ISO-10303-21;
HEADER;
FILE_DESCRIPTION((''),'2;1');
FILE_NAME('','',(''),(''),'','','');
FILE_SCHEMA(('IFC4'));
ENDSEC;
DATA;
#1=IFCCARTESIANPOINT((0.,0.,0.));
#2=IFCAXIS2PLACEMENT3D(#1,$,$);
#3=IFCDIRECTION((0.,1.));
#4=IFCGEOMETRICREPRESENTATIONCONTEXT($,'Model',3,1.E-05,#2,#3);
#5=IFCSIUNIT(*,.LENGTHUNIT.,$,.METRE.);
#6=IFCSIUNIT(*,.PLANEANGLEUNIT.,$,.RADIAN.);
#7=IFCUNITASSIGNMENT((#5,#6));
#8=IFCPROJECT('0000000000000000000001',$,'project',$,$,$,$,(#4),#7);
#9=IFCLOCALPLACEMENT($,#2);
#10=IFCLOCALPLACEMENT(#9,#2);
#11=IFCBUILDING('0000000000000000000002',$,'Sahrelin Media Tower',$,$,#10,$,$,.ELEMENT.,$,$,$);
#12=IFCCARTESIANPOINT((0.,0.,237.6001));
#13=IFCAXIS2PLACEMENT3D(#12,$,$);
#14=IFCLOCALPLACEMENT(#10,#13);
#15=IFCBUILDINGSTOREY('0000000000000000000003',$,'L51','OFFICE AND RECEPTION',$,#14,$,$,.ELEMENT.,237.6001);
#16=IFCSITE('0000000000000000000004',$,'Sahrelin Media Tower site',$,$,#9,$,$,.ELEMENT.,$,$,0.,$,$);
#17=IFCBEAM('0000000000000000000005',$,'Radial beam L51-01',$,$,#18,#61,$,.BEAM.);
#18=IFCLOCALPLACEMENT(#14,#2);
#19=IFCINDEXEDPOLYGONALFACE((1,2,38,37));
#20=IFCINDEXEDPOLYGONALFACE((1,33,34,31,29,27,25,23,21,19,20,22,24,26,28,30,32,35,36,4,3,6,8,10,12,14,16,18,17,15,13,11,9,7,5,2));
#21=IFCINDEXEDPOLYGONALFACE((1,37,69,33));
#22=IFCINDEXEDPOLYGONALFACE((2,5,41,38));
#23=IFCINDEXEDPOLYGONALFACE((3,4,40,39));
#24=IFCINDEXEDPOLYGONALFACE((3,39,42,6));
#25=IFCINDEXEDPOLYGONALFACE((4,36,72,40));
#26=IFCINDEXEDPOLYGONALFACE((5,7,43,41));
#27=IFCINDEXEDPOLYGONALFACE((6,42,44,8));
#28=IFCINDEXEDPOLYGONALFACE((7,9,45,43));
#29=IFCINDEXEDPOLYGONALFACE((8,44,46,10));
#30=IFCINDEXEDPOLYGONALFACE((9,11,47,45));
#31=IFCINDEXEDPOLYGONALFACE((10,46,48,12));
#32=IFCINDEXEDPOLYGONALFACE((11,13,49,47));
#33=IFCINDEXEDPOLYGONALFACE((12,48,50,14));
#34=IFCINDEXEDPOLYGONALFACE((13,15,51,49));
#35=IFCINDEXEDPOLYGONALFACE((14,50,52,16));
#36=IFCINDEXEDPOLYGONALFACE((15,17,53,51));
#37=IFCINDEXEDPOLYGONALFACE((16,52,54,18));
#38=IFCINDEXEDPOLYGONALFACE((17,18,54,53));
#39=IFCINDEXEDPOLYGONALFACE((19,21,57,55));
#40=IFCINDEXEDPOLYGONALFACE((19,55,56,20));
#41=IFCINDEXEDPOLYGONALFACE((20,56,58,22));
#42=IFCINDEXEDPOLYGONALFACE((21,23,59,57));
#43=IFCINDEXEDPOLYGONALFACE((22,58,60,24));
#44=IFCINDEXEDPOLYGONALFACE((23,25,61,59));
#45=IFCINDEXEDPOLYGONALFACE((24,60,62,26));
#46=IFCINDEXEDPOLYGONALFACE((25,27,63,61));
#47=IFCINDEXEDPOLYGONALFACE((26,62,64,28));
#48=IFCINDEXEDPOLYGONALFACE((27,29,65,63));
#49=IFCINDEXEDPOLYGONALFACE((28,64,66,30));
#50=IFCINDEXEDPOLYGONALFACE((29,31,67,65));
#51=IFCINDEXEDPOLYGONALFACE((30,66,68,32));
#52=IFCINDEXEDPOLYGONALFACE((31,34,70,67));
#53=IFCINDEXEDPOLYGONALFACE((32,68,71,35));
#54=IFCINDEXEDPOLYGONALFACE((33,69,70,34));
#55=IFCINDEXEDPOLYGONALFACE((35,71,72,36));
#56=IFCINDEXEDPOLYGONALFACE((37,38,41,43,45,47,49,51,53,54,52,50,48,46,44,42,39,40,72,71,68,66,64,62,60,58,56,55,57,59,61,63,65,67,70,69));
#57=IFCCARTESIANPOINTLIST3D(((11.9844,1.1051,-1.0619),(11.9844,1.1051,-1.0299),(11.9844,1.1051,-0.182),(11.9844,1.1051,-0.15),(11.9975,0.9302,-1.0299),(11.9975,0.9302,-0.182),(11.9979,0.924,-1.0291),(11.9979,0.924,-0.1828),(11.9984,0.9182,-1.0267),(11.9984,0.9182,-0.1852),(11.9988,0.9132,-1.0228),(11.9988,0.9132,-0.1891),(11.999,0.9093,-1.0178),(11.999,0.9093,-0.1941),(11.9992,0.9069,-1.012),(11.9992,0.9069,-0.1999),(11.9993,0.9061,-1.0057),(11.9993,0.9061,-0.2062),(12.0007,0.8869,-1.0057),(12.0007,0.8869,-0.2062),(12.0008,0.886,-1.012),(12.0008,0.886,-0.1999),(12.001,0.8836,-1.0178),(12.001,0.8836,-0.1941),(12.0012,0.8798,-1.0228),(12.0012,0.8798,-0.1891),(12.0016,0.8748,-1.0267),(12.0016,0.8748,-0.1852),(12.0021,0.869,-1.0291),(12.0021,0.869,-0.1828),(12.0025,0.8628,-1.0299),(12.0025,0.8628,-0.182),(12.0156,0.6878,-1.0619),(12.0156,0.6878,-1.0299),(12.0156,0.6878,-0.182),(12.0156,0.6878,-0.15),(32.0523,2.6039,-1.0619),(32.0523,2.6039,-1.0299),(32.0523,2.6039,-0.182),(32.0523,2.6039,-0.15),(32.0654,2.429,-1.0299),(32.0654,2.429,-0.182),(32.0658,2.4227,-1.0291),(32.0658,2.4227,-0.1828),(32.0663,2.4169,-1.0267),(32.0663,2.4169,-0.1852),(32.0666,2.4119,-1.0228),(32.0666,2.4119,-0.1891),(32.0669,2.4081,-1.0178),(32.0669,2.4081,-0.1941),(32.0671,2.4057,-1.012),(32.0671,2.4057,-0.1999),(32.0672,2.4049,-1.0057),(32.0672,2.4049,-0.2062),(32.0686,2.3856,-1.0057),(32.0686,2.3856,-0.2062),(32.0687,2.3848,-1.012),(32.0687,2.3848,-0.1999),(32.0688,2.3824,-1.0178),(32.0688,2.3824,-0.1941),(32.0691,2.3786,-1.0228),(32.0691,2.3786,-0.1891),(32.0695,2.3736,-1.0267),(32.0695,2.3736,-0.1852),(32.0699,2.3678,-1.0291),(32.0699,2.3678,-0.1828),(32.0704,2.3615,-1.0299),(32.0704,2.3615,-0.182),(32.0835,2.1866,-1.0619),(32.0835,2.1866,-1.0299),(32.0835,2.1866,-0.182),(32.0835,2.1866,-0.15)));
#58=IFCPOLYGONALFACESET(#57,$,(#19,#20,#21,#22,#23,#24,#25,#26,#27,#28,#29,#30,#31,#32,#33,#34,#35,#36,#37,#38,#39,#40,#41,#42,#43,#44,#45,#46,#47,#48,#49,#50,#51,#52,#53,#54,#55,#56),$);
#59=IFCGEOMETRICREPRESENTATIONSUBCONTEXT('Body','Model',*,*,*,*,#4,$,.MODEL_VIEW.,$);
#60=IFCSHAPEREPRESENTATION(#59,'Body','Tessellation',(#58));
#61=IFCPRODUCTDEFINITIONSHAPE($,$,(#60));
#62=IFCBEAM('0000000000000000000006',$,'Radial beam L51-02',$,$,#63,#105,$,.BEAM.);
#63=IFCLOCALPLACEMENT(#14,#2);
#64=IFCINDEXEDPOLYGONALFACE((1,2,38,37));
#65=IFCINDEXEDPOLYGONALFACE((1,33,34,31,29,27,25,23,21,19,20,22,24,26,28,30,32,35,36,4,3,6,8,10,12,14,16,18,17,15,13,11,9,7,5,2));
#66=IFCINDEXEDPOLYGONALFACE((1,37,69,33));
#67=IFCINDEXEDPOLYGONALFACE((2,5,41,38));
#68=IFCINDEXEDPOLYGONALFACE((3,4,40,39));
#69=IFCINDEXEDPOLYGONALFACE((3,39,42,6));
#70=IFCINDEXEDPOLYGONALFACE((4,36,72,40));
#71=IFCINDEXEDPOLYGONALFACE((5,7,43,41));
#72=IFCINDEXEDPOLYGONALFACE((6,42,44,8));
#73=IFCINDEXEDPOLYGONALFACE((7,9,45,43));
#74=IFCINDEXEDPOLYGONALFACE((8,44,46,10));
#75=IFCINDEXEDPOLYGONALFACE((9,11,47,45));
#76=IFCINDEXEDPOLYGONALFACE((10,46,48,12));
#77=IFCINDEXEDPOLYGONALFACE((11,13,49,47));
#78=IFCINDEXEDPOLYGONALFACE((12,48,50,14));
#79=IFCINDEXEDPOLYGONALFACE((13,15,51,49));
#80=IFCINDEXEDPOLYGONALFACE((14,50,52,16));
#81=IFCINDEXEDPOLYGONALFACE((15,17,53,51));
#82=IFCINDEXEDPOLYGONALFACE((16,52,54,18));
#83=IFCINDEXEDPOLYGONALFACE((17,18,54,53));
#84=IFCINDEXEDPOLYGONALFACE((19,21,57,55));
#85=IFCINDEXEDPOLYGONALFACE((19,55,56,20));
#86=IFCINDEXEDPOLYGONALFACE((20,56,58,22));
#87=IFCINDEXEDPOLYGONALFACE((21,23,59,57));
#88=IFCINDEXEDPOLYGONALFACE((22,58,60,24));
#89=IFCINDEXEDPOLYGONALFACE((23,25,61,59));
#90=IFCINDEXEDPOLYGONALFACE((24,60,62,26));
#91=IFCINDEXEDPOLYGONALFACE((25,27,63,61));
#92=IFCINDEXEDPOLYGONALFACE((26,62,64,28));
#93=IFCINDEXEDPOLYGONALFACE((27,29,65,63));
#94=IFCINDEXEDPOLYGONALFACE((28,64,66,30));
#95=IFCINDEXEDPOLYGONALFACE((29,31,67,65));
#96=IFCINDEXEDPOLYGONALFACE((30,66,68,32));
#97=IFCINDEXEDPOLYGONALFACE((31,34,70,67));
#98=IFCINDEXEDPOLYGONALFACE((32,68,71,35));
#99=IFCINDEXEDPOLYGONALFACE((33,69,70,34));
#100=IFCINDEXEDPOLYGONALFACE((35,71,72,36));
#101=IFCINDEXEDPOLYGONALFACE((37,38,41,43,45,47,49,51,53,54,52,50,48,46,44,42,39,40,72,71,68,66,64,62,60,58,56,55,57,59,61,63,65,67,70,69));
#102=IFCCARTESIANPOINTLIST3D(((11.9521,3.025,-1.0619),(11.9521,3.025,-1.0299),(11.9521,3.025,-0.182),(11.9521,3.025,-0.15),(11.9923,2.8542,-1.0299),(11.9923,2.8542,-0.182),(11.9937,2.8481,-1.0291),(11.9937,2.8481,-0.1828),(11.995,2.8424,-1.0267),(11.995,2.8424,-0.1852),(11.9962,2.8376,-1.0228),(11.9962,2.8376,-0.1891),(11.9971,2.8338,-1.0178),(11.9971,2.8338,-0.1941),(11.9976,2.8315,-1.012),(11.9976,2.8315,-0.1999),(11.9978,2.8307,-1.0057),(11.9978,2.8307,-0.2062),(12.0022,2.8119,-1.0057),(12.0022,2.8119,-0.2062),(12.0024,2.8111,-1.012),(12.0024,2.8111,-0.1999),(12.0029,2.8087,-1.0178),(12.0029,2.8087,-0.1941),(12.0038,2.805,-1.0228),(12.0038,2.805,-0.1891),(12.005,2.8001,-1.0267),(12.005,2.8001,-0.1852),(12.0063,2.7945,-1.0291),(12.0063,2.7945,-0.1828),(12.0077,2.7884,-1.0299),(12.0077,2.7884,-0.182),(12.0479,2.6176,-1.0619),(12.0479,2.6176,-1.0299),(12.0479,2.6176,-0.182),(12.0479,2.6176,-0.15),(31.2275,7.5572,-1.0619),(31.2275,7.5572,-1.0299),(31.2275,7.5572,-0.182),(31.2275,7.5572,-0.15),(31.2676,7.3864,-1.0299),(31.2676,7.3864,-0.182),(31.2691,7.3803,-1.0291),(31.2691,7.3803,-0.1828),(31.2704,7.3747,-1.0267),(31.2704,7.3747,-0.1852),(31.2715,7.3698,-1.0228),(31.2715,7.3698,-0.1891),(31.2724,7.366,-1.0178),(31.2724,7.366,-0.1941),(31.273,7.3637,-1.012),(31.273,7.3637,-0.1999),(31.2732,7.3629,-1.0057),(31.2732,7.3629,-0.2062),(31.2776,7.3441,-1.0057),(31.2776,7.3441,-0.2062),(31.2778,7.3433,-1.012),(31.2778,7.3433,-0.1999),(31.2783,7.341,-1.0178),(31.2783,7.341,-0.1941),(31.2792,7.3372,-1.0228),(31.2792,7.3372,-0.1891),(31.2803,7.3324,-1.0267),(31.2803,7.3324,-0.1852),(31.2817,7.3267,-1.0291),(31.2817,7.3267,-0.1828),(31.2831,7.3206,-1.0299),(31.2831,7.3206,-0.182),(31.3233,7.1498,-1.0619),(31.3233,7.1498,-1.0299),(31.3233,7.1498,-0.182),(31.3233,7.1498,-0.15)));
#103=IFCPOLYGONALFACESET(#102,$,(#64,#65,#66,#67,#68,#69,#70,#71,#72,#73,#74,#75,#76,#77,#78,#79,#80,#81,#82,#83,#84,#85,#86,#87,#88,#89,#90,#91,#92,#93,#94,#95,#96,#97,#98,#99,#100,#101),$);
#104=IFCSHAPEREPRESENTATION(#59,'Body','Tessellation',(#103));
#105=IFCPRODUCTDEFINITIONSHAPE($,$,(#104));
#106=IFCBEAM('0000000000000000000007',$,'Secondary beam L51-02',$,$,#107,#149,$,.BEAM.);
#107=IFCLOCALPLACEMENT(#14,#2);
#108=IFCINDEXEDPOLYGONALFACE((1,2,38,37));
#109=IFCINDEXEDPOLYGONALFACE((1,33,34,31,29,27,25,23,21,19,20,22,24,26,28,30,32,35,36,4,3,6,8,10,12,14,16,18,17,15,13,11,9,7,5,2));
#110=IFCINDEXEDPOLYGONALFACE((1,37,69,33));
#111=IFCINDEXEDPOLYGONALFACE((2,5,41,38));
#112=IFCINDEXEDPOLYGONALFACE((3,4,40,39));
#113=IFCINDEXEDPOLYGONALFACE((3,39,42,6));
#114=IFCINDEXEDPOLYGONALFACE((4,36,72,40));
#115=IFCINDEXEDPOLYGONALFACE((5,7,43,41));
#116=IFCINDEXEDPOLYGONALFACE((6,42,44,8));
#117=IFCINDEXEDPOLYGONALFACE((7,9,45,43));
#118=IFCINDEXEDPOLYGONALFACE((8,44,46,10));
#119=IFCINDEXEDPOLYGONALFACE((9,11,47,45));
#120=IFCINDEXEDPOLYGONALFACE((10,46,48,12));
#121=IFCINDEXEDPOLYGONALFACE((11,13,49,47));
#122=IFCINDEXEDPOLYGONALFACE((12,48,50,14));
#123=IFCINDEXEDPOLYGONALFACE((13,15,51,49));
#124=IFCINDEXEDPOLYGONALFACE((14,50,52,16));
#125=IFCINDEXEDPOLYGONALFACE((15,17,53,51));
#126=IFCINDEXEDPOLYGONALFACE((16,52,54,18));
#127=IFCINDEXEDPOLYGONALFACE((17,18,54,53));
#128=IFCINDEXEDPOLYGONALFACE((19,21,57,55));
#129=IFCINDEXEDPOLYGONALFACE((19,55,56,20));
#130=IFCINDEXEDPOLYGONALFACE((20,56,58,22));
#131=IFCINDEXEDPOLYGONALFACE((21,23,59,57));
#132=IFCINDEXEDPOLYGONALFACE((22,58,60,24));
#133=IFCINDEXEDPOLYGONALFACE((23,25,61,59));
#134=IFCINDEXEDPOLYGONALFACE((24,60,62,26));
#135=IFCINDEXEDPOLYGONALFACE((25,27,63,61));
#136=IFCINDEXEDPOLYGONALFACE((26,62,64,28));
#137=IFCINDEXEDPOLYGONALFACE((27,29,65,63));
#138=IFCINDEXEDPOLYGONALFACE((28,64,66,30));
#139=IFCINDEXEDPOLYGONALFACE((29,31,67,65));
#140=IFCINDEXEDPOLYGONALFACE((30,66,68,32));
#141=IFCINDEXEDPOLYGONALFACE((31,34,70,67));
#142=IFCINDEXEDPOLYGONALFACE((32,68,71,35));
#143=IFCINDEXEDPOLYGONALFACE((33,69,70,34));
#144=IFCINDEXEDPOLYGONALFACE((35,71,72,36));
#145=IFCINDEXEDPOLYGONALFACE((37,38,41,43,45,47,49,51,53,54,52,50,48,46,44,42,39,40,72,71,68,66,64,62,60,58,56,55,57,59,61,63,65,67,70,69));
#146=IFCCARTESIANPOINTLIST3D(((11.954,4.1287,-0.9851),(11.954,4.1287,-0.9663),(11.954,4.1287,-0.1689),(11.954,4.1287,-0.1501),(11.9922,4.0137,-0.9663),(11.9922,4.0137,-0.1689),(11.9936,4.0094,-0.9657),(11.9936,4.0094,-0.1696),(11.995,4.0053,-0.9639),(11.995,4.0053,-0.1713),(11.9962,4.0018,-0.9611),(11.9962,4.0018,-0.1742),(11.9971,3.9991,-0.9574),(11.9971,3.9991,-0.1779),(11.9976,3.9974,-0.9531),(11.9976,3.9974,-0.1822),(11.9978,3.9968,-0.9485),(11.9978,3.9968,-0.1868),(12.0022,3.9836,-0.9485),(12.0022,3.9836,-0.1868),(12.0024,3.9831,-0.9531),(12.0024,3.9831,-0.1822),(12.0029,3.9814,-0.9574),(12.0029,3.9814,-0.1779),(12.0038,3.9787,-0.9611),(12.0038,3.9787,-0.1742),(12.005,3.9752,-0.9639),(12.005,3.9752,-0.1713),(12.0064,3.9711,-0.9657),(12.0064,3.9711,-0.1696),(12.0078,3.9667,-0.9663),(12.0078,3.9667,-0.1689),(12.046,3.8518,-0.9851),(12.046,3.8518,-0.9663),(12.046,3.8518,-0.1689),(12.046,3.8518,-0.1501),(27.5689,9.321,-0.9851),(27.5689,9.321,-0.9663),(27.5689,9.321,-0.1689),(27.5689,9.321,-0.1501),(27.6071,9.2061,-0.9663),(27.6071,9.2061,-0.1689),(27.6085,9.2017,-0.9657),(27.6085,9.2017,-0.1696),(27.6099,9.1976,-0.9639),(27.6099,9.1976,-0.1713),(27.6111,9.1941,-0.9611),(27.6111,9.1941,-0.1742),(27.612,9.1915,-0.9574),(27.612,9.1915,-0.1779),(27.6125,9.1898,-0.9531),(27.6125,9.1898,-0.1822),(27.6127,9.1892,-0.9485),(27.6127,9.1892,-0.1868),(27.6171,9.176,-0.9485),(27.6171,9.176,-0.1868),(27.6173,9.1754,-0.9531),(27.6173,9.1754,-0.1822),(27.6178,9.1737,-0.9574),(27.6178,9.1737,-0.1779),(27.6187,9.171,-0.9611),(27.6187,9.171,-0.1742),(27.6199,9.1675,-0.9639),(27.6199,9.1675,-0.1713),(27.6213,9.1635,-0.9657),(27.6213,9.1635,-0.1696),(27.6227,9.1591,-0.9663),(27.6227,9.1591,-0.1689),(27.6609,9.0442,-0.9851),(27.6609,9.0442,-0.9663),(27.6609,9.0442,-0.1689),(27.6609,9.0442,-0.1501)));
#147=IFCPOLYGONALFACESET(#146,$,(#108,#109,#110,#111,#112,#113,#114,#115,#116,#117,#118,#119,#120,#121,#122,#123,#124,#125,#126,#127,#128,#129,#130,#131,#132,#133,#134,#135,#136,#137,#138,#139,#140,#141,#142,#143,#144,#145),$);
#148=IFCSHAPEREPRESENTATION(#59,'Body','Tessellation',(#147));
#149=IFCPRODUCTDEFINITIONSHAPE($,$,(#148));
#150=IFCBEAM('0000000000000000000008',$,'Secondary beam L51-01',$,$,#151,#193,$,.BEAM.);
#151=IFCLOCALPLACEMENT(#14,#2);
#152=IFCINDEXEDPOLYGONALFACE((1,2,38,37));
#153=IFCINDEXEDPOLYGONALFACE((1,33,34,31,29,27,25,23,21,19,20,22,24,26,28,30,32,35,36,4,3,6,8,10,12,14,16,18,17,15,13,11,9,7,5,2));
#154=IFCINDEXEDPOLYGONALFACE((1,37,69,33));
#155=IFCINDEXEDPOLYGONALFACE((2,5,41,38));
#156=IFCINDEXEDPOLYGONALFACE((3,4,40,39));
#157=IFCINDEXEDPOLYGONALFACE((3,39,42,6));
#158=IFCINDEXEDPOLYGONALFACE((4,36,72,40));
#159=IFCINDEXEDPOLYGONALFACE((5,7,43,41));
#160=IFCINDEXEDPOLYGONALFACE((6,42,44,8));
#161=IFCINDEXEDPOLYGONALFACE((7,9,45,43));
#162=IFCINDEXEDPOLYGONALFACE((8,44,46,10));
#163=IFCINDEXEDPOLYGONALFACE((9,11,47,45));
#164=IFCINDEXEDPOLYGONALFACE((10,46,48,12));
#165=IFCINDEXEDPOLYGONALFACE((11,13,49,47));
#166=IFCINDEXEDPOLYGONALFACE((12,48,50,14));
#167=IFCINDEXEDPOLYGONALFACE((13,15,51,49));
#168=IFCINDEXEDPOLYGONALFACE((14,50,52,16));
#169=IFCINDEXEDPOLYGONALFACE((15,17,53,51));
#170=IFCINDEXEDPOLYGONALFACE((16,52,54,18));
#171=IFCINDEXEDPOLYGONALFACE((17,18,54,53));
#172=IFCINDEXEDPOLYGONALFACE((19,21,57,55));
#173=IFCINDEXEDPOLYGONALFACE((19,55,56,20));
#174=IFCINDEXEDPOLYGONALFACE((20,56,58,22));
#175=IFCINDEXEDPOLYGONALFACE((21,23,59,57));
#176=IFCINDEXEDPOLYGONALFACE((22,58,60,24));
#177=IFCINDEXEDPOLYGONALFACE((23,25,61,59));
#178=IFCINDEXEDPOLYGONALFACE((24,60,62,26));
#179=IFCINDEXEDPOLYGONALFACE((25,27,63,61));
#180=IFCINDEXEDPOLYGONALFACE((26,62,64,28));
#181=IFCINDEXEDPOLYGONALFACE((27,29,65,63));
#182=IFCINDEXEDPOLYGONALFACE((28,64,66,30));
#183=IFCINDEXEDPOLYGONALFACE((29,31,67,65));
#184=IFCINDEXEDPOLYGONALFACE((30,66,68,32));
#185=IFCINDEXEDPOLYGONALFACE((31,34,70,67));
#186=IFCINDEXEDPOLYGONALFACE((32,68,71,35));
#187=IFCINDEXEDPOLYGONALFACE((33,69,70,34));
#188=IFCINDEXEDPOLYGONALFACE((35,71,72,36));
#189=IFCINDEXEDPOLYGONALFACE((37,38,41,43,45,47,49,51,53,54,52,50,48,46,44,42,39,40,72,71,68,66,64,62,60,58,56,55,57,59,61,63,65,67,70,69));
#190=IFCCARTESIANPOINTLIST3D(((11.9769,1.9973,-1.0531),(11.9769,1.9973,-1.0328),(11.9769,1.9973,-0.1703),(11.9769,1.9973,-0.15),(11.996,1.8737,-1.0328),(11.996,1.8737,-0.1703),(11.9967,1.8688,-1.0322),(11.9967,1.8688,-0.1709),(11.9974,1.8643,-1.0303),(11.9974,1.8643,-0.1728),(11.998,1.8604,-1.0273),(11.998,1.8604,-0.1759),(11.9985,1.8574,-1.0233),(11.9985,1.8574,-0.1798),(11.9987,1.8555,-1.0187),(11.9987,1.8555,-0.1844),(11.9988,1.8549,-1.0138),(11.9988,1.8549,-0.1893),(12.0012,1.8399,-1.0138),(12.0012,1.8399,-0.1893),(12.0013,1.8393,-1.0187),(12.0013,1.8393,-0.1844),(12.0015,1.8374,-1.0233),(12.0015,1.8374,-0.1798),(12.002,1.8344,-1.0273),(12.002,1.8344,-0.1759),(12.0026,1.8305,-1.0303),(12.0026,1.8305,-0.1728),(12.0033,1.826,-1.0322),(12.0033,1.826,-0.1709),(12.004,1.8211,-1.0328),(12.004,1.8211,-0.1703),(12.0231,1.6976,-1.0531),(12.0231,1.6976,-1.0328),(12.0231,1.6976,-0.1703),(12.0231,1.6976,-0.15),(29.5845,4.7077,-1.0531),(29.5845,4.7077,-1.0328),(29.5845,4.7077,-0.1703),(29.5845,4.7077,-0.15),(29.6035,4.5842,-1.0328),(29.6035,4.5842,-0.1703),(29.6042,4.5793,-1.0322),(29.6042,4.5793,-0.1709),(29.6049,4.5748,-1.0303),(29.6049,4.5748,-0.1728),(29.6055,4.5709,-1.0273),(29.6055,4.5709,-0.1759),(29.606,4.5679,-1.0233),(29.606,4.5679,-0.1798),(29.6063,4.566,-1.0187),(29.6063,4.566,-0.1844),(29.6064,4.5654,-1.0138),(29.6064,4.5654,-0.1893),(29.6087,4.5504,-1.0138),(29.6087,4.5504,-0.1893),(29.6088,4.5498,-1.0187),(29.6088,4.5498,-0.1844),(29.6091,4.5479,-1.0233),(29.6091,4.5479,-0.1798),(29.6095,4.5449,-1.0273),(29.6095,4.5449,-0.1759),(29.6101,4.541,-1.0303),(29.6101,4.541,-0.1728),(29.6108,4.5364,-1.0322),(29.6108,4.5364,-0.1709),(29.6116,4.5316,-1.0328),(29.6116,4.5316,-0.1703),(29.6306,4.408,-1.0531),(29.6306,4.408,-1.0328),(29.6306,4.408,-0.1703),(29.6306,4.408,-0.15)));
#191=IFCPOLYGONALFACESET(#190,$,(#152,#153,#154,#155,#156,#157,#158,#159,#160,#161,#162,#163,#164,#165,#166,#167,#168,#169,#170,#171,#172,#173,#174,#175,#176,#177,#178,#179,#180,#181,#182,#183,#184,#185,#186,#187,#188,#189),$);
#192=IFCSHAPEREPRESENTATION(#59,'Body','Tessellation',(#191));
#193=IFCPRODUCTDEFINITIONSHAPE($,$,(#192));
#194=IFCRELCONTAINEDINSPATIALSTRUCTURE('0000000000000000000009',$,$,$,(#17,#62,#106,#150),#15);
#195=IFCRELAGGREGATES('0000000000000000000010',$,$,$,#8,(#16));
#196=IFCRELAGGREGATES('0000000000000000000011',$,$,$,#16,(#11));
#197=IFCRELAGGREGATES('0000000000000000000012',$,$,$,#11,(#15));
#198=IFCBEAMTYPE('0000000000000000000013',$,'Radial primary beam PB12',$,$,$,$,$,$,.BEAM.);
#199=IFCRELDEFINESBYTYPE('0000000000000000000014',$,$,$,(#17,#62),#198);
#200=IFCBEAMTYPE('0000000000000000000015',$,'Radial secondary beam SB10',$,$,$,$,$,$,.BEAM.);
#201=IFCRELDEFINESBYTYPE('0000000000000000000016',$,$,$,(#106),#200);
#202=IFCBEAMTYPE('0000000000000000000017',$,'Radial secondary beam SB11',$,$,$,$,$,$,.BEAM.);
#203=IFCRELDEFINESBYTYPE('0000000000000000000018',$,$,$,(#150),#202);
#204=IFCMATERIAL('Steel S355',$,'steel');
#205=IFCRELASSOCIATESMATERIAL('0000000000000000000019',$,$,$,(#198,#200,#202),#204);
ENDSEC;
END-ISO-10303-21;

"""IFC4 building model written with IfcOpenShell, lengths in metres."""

from ifc_helpers import new_model, si_unit, direction, frame, origin, origin_2d, place, context, subcontext, project, spatial, i_section, extrude, material, material_profile, profile_set, type_object, element, save


model = new_model("IFC4")

# Units and contexts
model_context = context("Model", 3, precision=1e-05, world=origin(), true_north=direction((0.0, 1.0)))
body_context = subcontext(model_context, "Body", "Model", "MODEL_VIEW")
ifc_project = project(units=[si_unit("LENGTHUNIT", "METRE"), si_unit("PLANEANGLEUNIT", "RADIAN")], contexts=[model_context])

# Site, building, storey
site_placement = place(None, origin())
site = spatial("IfcSite", under=ifc_project, at=site_placement, Name="Sahrelin Media Tower site", CompositionType="ELEMENT", RefElevation=0.0)
building_placement = place(site_placement, origin())
building = spatial("IfcBuilding", under=site, at=building_placement, Name="Sahrelin Media Tower", CompositionType="ELEMENT")
storey_placement = place(building_placement, frame((0.0, 0.0, 237.6001)))
storey = spatial("IfcBuildingStorey", under=building, at=storey_placement, Name="L51", Description="OFFICE AND RECEPTION", CompositionType="ELEMENT", Elevation=237.6001)

# Beams
ifc_material_1 = material(Name="Steel S355", Category="steel")
ifc_material_profile_1 = material_profile(ifc_material_1, i_section(OverallWidth=0.4185, OverallDepth=0.9119, WebThickness=0.0193, FlangeThickness=0.032, FilletRadius=0.0242, at=origin_2d()), Name="UB 914x419x343")
ifc_profile_set_1 = profile_set([ifc_material_profile_1], Name="Steel S355")
beam_type_1 = type_object("IfcBeamType", Name="Radial primary beam PB12", PredefinedType="BEAM", material=ifc_profile_set_1)
beam_1_placement = place(storey_placement, frame((12.0, 0.8965, -0.606), z_axis=(0.997223, 0.074478, 0.0), x_axis=(-0.074478, 0.997223, 0.0)))
element("IfcBeam", 1, at=beam_1_placement, inside=storey, type_object=beam_type_1, Name="Radial beam L51-01", PredefinedType="BEAM", context=body_context, shape_type="SweptSolid", body=[
    extrude(i_section(OverallWidth=0.4185, OverallDepth=0.9119, WebThickness=0.0193, FlangeThickness=0.032, FilletRadius=0.0242, at=origin_2d()), origin(), (0.0, 0.0, 1.0), 20.1238),
])
beam_2_placement = place(storey_placement, frame((12.0, 2.8213, -0.606), z_axis=(0.973453, 0.228888, 0.0), x_axis=(-0.228888, 0.973453, 0.0)))
element("IfcBeam", 2, at=beam_2_placement, inside=storey, type_object=beam_type_1, Name="Radial beam L51-02", PredefinedType="BEAM", context=body_context, shape_type="SweptSolid", body=[
    extrude(i_section(OverallWidth=0.4185, OverallDepth=0.9119, WebThickness=0.0193, FlangeThickness=0.032, FilletRadius=0.0242, at=origin_2d()), origin(), (0.0, 0.0, 1.0), 19.801),
])
ifc_material_profile_2 = material_profile(ifc_material_1, i_section(OverallWidth=0.2917, OverallDepth=0.835, WebThickness=0.0139, FlangeThickness=0.0188, FilletRadius=0.0178, at=origin_2d()), Name="UB 838x292x176")
ifc_profile_set_2 = profile_set([ifc_material_profile_2], Name="Steel S355")
beam_type_2 = type_object("IfcBeamType", Name="Radial secondary beam SB10", PredefinedType="BEAM", material=ifc_profile_set_2)
beam_3_placement = place(storey_placement, frame((12.0, 3.9902, -0.5676), z_axis=(0.948913, 0.315538, 0.0), x_axis=(-0.315538, 0.948913, 0.0)))
element("IfcBeam", 3, at=beam_3_placement, inside=storey, type_object=beam_type_2, Name="Secondary beam L51-02", PredefinedType="BEAM", context=body_context, shape_type="SweptSolid", body=[
    extrude(i_section(OverallWidth=0.2917, OverallDepth=0.835, WebThickness=0.0139, FlangeThickness=0.0188, FilletRadius=0.0178, at=origin_2d()), origin(), (0.0, 0.0, 1.0), 16.4556),
])
ifc_material_profile_3 = material_profile(ifc_material_1, i_section(OverallWidth=0.3032, OverallDepth=0.9031, WebThickness=0.0151, FlangeThickness=0.0203, FilletRadius=0.019, at=origin_2d()), Name="UB 914x305x201")
ifc_profile_set_3 = profile_set([ifc_material_profile_3], Name="Steel S355")
beam_type_3 = type_object("IfcBeamType", Name="Radial secondary beam SB11", PredefinedType="BEAM", material=ifc_profile_set_3)
beam_4_placement = place(storey_placement, frame((12.0, 1.8474, -0.6016), z_axis=(0.988358, 0.152146, 0.0), x_axis=(-0.152146, 0.988358, 0.0)))
element("IfcBeam", 4, at=beam_4_placement, inside=storey, type_object=beam_type_3, Name="Secondary beam L51-01", PredefinedType="BEAM", context=body_context, shape_type="SweptSolid", body=[
    extrude(i_section(OverallWidth=0.3032, OverallDepth=0.9031, WebThickness=0.0151, FlangeThickness=0.0203, FilletRadius=0.019, at=origin_2d()), origin(), (0.0, 0.0, 1.0), 17.8149),
])

save(model, "model.ifc")
